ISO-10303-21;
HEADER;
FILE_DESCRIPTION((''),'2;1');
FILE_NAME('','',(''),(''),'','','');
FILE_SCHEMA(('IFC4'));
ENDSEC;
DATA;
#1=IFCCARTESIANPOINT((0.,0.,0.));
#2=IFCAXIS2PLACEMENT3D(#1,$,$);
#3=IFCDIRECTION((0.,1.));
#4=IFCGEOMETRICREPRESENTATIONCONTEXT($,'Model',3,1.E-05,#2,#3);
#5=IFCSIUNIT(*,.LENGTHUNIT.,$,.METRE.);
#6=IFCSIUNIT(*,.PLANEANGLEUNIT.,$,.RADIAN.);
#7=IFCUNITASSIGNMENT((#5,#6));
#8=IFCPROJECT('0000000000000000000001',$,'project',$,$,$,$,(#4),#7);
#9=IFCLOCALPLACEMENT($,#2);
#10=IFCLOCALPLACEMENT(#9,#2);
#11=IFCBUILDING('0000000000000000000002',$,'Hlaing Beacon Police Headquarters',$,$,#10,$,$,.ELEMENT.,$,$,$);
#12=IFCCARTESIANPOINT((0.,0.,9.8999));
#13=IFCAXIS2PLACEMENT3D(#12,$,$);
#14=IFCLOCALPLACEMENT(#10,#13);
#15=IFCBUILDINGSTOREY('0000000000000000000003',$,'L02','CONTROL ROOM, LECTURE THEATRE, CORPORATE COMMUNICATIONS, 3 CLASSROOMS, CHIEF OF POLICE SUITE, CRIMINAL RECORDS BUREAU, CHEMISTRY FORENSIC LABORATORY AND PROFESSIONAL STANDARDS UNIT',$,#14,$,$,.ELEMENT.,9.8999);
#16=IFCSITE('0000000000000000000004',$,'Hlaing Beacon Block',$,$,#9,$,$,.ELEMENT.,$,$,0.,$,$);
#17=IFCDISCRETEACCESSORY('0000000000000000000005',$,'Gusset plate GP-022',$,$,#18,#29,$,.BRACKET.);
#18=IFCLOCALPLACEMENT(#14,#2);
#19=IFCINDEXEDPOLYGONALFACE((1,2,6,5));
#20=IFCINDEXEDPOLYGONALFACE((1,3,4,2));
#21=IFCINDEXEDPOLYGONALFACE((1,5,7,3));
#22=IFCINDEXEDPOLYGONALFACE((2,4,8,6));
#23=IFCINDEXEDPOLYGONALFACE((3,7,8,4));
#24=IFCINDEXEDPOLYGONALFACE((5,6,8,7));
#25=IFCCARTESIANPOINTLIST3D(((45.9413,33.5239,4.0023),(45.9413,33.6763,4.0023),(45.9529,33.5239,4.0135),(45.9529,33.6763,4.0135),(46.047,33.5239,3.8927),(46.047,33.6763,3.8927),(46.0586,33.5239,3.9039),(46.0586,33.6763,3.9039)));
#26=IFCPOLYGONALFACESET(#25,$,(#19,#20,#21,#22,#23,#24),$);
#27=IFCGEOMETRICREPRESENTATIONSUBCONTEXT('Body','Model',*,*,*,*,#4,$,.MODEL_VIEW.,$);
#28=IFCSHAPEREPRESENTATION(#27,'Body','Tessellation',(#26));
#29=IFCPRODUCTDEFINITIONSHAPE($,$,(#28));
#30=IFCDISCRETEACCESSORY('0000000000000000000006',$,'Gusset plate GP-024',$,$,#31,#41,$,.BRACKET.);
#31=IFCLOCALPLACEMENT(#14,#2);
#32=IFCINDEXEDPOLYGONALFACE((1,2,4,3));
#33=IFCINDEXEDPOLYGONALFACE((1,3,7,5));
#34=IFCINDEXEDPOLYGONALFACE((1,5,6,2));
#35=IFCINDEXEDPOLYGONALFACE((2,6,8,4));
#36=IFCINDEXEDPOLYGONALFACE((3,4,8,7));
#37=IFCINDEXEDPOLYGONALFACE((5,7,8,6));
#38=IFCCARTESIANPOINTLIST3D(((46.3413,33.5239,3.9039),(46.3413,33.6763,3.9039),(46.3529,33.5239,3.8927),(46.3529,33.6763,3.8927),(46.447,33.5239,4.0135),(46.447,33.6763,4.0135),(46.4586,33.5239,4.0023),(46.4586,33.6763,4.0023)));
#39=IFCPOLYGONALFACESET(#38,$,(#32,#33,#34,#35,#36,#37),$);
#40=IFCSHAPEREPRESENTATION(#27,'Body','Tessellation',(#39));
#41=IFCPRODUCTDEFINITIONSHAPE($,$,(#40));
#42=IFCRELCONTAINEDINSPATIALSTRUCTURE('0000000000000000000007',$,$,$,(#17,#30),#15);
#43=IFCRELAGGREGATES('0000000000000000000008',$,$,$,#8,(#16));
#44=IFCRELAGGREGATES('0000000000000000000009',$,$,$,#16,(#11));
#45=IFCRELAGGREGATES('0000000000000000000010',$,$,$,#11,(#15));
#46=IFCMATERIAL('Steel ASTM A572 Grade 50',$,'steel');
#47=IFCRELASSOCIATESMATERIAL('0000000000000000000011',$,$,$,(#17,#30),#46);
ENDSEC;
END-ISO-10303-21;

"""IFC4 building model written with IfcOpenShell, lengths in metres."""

from ifc_helpers import new_model, si_unit, direction, frame, origin, origin_2d, place, context, subcontext, project, spatial, rectangle, extrude, material, element, save


model = new_model("IFC4")

# Units and contexts
model_context = context("Model", 3, precision=1e-05, world=origin(), true_north=direction((0.0, 1.0)))
body_context = subcontext(model_context, "Body", "Model", "MODEL_VIEW")
ifc_project = project(units=[si_unit("LENGTHUNIT", "METRE"), si_unit("PLANEANGLEUNIT", "RADIAN")], contexts=[model_context])

# Site, building, storey
site_placement = place(None, origin())
site = spatial("IfcSite", under=ifc_project, at=site_placement, Name="Hlaing Beacon Block", CompositionType="ELEMENT", RefElevation=0.0)
building_placement = place(site_placement, origin())
building = spatial("IfcBuilding", under=site, at=building_placement, Name="Hlaing Beacon Police Headquarters", CompositionType="ELEMENT")
storey_placement = place(building_placement, frame((0.0, 0.0, 9.8999)))
storey = spatial("IfcBuildingStorey", under=building, at=storey_placement, Name="L02", Description="CONTROL ROOM, LECTURE THEATRE, CORPORATE COMMUNICATIONS, 3 CLASSROOMS, CHIEF OF POLICE SUITE, CRIMINAL RECORDS BUREAU, CHEMISTRY FORENSIC LABORATORY AND PROFESSIONAL STANDARDS UNIT", CompositionType="ELEMENT", Elevation=9.8999)

# Discrete accessories
ifc_material_1 = material(Name="Steel ASTM A572 Grade 50", Category="steel")
for number, where, z_axis, x_axis, name in (
    (1, (45.9941, 33.6001, 3.9475), (0.7199, 0.0, 0.694078), (0.0, 1.0, 0.0), "Gusset plate GP-022"),
    (2, (46.4058, 33.6001, 3.9475), (-0.719921, 0.0, 0.694056), (0.0, -1.0, 0.0), "Gusset plate GP-024"),
):
    element("IfcDiscreteAccessory", number, at=place(storey_placement, frame(where, z_axis=z_axis, x_axis=x_axis)), inside=storey, material=ifc_material_1, Name=name, PredefinedType="BRACKET", context=body_context, shape_type="SweptSolid", body=[
        extrude(rectangle(XDim=0.1523, YDim=0.1523, at=origin_2d()), origin(), (0.0, 0.0, 1.0), 0.0161),
    ])

save(model, "model.ifc")
